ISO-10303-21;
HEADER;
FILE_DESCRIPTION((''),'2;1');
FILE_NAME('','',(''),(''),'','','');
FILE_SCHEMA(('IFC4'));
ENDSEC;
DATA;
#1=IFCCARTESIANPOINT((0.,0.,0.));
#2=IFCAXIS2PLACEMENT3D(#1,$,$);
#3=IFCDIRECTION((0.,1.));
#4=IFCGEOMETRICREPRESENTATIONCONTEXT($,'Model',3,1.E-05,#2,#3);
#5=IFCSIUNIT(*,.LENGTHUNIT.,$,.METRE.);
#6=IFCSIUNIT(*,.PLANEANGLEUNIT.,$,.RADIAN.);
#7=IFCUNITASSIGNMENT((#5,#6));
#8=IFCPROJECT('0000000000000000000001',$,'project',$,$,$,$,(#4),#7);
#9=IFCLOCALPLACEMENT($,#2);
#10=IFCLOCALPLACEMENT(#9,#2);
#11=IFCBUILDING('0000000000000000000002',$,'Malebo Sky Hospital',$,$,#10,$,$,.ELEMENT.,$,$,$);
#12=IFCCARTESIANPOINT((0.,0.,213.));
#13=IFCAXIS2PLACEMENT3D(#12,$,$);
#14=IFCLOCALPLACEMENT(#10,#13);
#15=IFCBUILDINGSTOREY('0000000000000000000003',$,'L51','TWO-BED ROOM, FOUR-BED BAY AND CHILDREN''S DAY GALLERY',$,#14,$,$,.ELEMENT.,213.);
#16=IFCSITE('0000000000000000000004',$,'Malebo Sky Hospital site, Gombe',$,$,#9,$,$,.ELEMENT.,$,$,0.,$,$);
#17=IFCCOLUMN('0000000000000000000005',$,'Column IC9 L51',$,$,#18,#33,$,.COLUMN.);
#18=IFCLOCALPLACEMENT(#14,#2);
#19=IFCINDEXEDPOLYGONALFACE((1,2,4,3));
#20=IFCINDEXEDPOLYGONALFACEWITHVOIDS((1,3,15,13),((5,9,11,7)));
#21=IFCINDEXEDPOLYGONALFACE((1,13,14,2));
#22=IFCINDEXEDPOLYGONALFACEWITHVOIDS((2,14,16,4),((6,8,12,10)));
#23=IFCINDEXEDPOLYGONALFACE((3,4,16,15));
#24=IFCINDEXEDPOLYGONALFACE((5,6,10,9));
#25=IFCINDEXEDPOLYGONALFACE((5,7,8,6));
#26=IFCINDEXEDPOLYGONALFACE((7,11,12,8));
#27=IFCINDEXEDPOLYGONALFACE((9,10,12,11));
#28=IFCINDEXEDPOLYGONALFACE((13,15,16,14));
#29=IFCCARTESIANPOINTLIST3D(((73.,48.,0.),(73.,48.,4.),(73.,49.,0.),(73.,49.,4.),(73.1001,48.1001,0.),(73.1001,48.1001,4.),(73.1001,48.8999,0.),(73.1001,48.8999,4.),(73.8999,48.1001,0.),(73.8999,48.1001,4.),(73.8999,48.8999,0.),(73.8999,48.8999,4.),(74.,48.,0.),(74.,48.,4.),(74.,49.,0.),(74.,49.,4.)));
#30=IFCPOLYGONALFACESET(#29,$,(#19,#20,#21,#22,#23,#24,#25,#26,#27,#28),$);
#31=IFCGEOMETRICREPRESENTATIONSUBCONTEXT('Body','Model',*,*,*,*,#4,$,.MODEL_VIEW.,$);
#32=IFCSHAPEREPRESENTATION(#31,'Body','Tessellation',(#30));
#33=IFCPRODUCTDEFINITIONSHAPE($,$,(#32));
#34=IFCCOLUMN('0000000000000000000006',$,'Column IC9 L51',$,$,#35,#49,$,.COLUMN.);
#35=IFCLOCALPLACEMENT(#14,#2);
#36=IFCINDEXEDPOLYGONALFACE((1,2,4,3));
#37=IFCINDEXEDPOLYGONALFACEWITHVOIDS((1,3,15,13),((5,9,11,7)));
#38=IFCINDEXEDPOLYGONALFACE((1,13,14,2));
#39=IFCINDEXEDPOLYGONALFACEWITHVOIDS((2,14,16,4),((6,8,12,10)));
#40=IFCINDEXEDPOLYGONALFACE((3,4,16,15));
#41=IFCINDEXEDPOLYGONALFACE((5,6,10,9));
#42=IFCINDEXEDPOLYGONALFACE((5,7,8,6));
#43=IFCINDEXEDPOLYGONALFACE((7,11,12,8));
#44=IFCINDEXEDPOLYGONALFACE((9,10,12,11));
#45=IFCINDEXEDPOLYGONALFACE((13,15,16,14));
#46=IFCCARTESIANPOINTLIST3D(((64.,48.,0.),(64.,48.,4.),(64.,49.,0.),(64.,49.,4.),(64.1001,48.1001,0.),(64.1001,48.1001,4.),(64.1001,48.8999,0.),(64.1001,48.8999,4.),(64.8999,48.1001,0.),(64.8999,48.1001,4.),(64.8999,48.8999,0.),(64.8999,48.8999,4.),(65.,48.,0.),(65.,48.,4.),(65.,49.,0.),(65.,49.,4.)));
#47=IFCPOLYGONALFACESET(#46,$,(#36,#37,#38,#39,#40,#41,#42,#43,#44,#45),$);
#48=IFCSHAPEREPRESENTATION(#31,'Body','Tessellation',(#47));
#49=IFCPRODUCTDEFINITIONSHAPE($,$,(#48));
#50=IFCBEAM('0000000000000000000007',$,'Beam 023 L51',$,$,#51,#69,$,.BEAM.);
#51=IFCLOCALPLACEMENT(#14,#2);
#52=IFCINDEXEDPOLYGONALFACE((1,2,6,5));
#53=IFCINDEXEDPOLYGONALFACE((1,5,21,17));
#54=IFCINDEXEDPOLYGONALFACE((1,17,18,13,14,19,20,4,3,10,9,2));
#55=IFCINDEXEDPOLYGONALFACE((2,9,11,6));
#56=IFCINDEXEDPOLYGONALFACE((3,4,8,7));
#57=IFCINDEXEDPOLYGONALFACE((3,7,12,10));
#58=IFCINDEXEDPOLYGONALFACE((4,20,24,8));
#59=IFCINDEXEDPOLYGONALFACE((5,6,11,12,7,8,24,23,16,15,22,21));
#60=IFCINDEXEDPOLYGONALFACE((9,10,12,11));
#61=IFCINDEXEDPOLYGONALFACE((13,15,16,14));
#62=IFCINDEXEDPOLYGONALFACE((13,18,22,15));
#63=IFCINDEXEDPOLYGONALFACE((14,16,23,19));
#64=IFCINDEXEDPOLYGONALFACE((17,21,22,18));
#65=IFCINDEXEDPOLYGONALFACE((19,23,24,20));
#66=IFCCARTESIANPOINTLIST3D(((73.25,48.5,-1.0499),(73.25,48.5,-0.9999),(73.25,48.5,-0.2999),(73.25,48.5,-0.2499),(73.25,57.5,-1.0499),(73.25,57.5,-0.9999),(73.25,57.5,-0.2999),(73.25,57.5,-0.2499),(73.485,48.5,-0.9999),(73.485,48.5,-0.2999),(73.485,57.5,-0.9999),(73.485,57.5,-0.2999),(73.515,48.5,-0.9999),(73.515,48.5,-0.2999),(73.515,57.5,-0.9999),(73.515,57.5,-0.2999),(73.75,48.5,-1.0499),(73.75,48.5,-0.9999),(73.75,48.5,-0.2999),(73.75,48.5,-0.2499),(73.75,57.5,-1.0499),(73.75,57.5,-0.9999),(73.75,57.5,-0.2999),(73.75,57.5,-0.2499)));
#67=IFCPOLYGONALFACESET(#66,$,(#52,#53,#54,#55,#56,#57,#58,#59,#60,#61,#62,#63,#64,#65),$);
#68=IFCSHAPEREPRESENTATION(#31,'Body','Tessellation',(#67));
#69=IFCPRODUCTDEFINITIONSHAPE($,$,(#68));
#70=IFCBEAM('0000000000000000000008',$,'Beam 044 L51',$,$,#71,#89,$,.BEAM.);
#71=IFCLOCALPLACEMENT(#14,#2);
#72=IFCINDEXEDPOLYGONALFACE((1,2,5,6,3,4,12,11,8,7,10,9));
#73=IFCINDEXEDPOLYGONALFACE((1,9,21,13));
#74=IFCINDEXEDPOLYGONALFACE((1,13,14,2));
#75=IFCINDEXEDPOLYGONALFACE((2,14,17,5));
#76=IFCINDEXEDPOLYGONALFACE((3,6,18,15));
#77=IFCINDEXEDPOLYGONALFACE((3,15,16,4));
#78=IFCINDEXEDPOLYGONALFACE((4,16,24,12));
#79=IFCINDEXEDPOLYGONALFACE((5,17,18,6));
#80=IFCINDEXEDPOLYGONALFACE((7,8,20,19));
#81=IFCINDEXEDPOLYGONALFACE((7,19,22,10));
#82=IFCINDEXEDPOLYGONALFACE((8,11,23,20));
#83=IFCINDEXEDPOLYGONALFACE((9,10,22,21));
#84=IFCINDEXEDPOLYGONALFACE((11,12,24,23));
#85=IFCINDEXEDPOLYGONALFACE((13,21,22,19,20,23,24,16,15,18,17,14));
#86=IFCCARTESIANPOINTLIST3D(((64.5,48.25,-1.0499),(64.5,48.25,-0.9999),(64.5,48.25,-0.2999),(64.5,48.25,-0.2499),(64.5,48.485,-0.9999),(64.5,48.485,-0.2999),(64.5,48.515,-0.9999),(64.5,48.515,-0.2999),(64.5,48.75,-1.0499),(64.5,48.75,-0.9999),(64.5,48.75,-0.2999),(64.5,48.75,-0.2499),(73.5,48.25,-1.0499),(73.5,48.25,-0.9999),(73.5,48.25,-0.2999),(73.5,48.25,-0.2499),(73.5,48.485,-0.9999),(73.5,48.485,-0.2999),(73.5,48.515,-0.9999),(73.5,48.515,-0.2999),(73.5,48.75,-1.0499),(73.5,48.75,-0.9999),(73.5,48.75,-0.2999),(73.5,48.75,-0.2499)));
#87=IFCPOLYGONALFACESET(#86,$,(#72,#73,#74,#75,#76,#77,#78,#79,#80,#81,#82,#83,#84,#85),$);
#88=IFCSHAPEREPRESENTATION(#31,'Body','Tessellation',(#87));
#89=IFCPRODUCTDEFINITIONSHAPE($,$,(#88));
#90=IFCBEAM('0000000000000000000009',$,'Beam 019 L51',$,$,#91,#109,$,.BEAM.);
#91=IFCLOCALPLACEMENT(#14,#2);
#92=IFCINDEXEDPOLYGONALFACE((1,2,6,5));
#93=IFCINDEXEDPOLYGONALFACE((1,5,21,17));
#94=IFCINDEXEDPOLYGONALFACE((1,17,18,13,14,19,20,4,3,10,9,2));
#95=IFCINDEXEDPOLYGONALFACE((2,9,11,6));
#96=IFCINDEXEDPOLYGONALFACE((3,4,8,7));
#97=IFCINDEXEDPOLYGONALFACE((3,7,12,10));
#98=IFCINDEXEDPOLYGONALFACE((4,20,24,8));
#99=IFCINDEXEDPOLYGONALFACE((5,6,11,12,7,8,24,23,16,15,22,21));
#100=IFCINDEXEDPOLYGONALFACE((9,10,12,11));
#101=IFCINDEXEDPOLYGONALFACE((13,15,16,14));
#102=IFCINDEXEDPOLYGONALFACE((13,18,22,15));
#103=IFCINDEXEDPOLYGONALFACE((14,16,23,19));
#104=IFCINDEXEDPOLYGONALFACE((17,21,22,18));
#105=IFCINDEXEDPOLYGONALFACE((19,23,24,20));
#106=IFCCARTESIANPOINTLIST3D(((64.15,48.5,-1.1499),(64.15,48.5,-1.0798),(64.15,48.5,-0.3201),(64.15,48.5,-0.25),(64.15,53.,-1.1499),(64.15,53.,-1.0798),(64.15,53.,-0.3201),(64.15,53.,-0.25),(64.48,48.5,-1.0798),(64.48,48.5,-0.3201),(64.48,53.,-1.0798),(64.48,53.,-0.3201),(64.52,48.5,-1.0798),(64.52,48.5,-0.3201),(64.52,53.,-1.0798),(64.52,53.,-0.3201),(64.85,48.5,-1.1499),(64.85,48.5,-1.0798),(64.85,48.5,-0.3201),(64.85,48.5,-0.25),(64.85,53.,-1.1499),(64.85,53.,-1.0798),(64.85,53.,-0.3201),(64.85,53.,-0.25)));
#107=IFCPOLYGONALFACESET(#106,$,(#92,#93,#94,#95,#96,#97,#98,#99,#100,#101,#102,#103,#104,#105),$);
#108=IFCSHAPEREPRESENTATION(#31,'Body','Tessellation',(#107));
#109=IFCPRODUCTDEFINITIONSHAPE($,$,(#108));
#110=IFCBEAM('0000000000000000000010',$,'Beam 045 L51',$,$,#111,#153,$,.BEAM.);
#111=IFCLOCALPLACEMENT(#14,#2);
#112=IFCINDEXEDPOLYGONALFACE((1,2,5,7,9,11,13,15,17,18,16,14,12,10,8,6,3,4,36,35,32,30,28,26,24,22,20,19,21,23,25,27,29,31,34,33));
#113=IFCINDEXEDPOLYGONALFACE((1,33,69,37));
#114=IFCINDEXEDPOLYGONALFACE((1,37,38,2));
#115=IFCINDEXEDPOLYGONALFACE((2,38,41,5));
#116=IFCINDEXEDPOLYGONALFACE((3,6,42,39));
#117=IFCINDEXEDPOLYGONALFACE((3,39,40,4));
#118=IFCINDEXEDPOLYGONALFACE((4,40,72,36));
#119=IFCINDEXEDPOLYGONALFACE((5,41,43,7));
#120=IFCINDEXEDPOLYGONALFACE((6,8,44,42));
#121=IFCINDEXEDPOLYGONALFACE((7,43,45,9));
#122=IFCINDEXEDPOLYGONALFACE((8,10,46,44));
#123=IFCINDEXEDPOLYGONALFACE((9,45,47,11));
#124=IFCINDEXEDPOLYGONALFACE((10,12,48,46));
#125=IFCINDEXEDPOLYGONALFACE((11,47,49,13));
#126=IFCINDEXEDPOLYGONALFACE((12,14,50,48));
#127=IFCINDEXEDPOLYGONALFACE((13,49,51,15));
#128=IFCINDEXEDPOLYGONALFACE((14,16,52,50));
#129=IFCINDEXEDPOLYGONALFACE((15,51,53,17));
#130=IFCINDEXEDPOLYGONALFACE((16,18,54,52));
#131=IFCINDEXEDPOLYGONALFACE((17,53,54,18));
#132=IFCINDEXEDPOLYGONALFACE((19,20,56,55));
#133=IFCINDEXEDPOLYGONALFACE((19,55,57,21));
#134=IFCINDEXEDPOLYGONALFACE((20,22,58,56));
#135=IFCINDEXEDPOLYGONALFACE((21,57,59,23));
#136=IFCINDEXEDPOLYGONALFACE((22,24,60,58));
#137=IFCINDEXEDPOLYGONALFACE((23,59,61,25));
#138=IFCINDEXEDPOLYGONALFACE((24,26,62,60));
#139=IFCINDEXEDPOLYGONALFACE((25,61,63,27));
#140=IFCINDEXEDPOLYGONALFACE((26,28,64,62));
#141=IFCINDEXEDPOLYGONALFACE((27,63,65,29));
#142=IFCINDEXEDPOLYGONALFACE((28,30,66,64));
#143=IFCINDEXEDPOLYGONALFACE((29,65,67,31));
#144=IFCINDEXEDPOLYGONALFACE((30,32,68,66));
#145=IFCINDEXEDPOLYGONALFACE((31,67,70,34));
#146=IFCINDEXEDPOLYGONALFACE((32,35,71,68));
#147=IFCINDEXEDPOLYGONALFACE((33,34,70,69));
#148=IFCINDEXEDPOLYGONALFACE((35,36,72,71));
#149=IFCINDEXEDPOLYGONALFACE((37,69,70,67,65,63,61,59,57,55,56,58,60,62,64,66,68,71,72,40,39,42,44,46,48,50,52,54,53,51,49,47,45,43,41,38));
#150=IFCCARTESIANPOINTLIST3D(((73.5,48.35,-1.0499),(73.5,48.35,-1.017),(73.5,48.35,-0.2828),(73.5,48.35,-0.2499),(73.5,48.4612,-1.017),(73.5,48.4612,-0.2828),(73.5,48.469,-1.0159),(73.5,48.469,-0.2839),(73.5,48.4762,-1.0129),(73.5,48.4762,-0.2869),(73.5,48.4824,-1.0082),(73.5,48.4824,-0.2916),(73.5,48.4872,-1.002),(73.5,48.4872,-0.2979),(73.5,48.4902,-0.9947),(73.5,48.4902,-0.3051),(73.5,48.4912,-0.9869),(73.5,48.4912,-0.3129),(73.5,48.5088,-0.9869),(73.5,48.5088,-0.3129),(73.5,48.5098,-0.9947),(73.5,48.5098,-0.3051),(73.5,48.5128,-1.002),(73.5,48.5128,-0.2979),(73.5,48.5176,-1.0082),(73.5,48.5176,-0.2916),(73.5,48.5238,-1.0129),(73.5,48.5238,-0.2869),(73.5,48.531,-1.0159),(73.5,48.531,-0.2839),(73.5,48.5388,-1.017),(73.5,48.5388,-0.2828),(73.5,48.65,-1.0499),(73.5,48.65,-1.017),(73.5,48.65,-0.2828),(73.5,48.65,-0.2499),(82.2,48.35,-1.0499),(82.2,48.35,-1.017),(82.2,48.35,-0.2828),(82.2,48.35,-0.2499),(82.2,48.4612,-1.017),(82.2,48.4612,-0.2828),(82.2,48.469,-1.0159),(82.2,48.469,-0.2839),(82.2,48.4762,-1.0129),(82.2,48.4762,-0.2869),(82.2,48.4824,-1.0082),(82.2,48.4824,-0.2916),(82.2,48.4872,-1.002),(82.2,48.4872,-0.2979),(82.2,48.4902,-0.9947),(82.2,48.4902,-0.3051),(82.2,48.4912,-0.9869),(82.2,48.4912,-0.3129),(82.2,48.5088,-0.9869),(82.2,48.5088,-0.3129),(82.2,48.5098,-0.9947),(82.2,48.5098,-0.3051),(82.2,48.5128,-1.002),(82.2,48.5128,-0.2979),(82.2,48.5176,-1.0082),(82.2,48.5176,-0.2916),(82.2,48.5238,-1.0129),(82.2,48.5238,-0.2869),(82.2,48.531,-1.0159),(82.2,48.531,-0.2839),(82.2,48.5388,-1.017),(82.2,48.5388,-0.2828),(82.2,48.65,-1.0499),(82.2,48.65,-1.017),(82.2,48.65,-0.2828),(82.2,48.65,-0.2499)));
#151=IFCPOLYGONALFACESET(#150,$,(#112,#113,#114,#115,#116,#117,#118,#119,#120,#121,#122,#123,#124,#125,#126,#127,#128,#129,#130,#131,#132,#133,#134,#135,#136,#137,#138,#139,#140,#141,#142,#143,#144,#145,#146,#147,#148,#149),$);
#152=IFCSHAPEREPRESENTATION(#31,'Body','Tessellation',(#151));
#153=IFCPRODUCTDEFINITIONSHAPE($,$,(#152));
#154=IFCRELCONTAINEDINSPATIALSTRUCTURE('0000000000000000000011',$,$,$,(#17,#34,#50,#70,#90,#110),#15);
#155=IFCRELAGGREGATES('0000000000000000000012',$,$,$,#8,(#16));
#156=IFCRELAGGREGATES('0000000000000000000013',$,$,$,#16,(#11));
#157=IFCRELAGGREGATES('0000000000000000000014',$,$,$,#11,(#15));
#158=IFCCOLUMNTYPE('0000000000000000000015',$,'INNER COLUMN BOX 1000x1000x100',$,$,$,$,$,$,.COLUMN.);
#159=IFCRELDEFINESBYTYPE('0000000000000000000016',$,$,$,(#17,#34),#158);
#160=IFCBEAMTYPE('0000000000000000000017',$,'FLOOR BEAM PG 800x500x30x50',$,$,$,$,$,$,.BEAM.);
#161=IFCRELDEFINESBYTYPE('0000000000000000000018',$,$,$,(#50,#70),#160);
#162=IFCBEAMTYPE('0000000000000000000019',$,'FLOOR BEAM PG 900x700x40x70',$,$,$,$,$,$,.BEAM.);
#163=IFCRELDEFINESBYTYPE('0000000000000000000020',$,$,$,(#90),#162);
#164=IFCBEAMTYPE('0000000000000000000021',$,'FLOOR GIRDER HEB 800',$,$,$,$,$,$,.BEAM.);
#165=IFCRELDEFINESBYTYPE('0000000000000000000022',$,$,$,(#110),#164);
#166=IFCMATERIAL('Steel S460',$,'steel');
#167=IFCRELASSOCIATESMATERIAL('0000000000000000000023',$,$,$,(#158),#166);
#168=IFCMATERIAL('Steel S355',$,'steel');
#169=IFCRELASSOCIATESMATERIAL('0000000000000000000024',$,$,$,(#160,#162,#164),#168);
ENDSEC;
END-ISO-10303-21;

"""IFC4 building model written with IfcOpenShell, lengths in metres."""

from ifc_helpers import new_model, si_unit, direction, frame, origin, origin_2d, place, context, subcontext, project, spatial, hollow_rectangle, i_section, extrude, material, material_profile, profile_set, type_object, element, save


model = new_model("IFC4")

# Units and contexts
model_context = context("Model", 3, precision=1e-05, world=origin(), true_north=direction((0.0, 1.0)))
body_context = subcontext(model_context, "Body", "Model", "MODEL_VIEW")
ifc_project = project(units=[si_unit("LENGTHUNIT", "METRE"), si_unit("PLANEANGLEUNIT", "RADIAN")], contexts=[model_context])

# Site, building, storey
site_placement = place(None, origin())
site = spatial("IfcSite", under=ifc_project, at=site_placement, Name="Malebo Sky Hospital site, Gombe", CompositionType="ELEMENT", RefElevation=0.0)
building_placement = place(site_placement, origin())
building = spatial("IfcBuilding", under=site, at=building_placement, Name="Malebo Sky Hospital", CompositionType="ELEMENT")
storey_placement = place(building_placement, frame((0.0, 0.0, 213.0)))
storey = spatial("IfcBuildingStorey", under=building, at=storey_placement, Name="L51", Description="TWO-BED ROOM, FOUR-BED BAY AND CHILDREN'S DAY GALLERY", CompositionType="ELEMENT", Elevation=213.0)

# Columns
ifc_material_1 = material(Name="Steel S460", Category="steel")
ifc_material_profile_1 = material_profile(ifc_material_1, hollow_rectangle(XDim=1.0, YDim=1.0, WallThickness=0.1001, at=origin_2d()), Name="BOX 1000x1000x100")
ifc_profile_set_1 = profile_set([ifc_material_profile_1], Name="Steel S460")
column_type = type_object("IfcColumnType", Name="INNER COLUMN BOX 1000x1000x100", PredefinedType="COLUMN", material=ifc_profile_set_1)
for number, where, z_axis, x_axis, name in (
    (1, (73.5, 48.5, 0.0), (0.0, 0.0, 1.0), (1.0, 0.0, 0.0), "Column IC9 L51"),
    (2, (64.5, 48.5, 0.0), (0.0, 0.0, 1.0), (1.0, 0.0, 0.0), "Column IC9 L51"),
):
    element("IfcColumn", number, at=place(storey_placement, frame(where, z_axis=z_axis, x_axis=x_axis)), inside=storey, type_object=column_type, Name=name, PredefinedType="COLUMN", context=body_context, shape_type="SweptSolid", body=[
        extrude(hollow_rectangle(XDim=1.0, YDim=1.0, WallThickness=0.1001, at=origin_2d()), origin(), (0.0, 0.0, 1.0), 4.0),
    ])

# Beams
ifc_material_2 = material(Name="Steel S355", Category="steel")
ifc_material_profile_2 = material_profile(ifc_material_2, i_section(OverallWidth=0.5, OverallDepth=0.8, WebThickness=0.03, FlangeThickness=0.05, at=origin_2d()), Name="PG 800x500x30x50")
ifc_profile_set_2 = profile_set([ifc_material_profile_2], Name="Steel S355")
beam_type_1 = type_object("IfcBeamType", Name="FLOOR BEAM PG 800x500x30x50", PredefinedType="BEAM", material=ifc_profile_set_2)
for number, where, z_axis, x_axis, name in (
    (3, (73.5, 48.5, -0.6499), (0.0, 1.0, 0.0), (-1.0, 0.0, 0.0), "Beam 023 L51"),
    (4, (64.5, 48.5, -0.6499), (1.0, 0.0, 0.0), (0.0, 1.0, 0.0), "Beam 044 L51"),
):
    element("IfcBeam", number, at=place(storey_placement, frame(where, z_axis=z_axis, x_axis=x_axis)), inside=storey, type_object=beam_type_1, Name=name, PredefinedType="BEAM", context=body_context, shape_type="SweptSolid", body=[
        extrude(i_section(OverallWidth=0.5, OverallDepth=0.8, WebThickness=0.03, FlangeThickness=0.05, at=origin_2d()), origin(), (0.0, 0.0, 1.0), 9.0),
    ])
ifc_material_profile_3 = material_profile(ifc_material_2, i_section(OverallWidth=0.7, OverallDepth=0.8999, WebThickness=0.04, FlangeThickness=0.0701, at=origin_2d()), Name="PG 900x700x40x70")
ifc_profile_set_3 = profile_set([ifc_material_profile_3], Name="Steel S355")
beam_type_2 = type_object("IfcBeamType", Name="FLOOR BEAM PG 900x700x40x70", PredefinedType="BEAM", material=ifc_profile_set_3)
beam_1_placement = place(storey_placement, frame((64.5, 48.5, -0.7), z_axis=(0.0, 1.0, 0.0), x_axis=(-1.0, 0.0, 0.0)))
element("IfcBeam", 5, at=beam_1_placement, inside=storey, type_object=beam_type_2, Name="Beam 019 L51", PredefinedType="BEAM", context=body_context, shape_type="SweptSolid", body=[
    extrude(i_section(OverallWidth=0.7, OverallDepth=0.8999, WebThickness=0.04, FlangeThickness=0.0701, at=origin_2d()), origin(), (0.0, 0.0, 1.0), 4.5),
])
ifc_material_profile_4 = material_profile(ifc_material_2, i_section(OverallWidth=0.3, OverallDepth=0.8, WebThickness=0.0176, FlangeThickness=0.033, FilletRadius=0.03, at=origin_2d()), Name="HEB 800")
ifc_profile_set_4 = profile_set([ifc_material_profile_4], Name="Steel S355")
beam_type_3 = type_object("IfcBeamType", Name="FLOOR GIRDER HEB 800", PredefinedType="BEAM", material=ifc_profile_set_4)
beam_2_placement = place(storey_placement, frame((73.5, 48.5, -0.6499), z_axis=(1.0, 0.0, 0.0), x_axis=(0.0, 1.0, 0.0)))
element("IfcBeam", 6, at=beam_2_placement, inside=storey, type_object=beam_type_3, Name="Beam 045 L51", PredefinedType="BEAM", context=body_context, shape_type="SweptSolid", body=[
    extrude(i_section(OverallWidth=0.3, OverallDepth=0.8, WebThickness=0.0176, FlangeThickness=0.033, FilletRadius=0.03, at=origin_2d()), origin(), (0.0, 0.0, 1.0), 8.7),
])

save(model, "model.ifc")
